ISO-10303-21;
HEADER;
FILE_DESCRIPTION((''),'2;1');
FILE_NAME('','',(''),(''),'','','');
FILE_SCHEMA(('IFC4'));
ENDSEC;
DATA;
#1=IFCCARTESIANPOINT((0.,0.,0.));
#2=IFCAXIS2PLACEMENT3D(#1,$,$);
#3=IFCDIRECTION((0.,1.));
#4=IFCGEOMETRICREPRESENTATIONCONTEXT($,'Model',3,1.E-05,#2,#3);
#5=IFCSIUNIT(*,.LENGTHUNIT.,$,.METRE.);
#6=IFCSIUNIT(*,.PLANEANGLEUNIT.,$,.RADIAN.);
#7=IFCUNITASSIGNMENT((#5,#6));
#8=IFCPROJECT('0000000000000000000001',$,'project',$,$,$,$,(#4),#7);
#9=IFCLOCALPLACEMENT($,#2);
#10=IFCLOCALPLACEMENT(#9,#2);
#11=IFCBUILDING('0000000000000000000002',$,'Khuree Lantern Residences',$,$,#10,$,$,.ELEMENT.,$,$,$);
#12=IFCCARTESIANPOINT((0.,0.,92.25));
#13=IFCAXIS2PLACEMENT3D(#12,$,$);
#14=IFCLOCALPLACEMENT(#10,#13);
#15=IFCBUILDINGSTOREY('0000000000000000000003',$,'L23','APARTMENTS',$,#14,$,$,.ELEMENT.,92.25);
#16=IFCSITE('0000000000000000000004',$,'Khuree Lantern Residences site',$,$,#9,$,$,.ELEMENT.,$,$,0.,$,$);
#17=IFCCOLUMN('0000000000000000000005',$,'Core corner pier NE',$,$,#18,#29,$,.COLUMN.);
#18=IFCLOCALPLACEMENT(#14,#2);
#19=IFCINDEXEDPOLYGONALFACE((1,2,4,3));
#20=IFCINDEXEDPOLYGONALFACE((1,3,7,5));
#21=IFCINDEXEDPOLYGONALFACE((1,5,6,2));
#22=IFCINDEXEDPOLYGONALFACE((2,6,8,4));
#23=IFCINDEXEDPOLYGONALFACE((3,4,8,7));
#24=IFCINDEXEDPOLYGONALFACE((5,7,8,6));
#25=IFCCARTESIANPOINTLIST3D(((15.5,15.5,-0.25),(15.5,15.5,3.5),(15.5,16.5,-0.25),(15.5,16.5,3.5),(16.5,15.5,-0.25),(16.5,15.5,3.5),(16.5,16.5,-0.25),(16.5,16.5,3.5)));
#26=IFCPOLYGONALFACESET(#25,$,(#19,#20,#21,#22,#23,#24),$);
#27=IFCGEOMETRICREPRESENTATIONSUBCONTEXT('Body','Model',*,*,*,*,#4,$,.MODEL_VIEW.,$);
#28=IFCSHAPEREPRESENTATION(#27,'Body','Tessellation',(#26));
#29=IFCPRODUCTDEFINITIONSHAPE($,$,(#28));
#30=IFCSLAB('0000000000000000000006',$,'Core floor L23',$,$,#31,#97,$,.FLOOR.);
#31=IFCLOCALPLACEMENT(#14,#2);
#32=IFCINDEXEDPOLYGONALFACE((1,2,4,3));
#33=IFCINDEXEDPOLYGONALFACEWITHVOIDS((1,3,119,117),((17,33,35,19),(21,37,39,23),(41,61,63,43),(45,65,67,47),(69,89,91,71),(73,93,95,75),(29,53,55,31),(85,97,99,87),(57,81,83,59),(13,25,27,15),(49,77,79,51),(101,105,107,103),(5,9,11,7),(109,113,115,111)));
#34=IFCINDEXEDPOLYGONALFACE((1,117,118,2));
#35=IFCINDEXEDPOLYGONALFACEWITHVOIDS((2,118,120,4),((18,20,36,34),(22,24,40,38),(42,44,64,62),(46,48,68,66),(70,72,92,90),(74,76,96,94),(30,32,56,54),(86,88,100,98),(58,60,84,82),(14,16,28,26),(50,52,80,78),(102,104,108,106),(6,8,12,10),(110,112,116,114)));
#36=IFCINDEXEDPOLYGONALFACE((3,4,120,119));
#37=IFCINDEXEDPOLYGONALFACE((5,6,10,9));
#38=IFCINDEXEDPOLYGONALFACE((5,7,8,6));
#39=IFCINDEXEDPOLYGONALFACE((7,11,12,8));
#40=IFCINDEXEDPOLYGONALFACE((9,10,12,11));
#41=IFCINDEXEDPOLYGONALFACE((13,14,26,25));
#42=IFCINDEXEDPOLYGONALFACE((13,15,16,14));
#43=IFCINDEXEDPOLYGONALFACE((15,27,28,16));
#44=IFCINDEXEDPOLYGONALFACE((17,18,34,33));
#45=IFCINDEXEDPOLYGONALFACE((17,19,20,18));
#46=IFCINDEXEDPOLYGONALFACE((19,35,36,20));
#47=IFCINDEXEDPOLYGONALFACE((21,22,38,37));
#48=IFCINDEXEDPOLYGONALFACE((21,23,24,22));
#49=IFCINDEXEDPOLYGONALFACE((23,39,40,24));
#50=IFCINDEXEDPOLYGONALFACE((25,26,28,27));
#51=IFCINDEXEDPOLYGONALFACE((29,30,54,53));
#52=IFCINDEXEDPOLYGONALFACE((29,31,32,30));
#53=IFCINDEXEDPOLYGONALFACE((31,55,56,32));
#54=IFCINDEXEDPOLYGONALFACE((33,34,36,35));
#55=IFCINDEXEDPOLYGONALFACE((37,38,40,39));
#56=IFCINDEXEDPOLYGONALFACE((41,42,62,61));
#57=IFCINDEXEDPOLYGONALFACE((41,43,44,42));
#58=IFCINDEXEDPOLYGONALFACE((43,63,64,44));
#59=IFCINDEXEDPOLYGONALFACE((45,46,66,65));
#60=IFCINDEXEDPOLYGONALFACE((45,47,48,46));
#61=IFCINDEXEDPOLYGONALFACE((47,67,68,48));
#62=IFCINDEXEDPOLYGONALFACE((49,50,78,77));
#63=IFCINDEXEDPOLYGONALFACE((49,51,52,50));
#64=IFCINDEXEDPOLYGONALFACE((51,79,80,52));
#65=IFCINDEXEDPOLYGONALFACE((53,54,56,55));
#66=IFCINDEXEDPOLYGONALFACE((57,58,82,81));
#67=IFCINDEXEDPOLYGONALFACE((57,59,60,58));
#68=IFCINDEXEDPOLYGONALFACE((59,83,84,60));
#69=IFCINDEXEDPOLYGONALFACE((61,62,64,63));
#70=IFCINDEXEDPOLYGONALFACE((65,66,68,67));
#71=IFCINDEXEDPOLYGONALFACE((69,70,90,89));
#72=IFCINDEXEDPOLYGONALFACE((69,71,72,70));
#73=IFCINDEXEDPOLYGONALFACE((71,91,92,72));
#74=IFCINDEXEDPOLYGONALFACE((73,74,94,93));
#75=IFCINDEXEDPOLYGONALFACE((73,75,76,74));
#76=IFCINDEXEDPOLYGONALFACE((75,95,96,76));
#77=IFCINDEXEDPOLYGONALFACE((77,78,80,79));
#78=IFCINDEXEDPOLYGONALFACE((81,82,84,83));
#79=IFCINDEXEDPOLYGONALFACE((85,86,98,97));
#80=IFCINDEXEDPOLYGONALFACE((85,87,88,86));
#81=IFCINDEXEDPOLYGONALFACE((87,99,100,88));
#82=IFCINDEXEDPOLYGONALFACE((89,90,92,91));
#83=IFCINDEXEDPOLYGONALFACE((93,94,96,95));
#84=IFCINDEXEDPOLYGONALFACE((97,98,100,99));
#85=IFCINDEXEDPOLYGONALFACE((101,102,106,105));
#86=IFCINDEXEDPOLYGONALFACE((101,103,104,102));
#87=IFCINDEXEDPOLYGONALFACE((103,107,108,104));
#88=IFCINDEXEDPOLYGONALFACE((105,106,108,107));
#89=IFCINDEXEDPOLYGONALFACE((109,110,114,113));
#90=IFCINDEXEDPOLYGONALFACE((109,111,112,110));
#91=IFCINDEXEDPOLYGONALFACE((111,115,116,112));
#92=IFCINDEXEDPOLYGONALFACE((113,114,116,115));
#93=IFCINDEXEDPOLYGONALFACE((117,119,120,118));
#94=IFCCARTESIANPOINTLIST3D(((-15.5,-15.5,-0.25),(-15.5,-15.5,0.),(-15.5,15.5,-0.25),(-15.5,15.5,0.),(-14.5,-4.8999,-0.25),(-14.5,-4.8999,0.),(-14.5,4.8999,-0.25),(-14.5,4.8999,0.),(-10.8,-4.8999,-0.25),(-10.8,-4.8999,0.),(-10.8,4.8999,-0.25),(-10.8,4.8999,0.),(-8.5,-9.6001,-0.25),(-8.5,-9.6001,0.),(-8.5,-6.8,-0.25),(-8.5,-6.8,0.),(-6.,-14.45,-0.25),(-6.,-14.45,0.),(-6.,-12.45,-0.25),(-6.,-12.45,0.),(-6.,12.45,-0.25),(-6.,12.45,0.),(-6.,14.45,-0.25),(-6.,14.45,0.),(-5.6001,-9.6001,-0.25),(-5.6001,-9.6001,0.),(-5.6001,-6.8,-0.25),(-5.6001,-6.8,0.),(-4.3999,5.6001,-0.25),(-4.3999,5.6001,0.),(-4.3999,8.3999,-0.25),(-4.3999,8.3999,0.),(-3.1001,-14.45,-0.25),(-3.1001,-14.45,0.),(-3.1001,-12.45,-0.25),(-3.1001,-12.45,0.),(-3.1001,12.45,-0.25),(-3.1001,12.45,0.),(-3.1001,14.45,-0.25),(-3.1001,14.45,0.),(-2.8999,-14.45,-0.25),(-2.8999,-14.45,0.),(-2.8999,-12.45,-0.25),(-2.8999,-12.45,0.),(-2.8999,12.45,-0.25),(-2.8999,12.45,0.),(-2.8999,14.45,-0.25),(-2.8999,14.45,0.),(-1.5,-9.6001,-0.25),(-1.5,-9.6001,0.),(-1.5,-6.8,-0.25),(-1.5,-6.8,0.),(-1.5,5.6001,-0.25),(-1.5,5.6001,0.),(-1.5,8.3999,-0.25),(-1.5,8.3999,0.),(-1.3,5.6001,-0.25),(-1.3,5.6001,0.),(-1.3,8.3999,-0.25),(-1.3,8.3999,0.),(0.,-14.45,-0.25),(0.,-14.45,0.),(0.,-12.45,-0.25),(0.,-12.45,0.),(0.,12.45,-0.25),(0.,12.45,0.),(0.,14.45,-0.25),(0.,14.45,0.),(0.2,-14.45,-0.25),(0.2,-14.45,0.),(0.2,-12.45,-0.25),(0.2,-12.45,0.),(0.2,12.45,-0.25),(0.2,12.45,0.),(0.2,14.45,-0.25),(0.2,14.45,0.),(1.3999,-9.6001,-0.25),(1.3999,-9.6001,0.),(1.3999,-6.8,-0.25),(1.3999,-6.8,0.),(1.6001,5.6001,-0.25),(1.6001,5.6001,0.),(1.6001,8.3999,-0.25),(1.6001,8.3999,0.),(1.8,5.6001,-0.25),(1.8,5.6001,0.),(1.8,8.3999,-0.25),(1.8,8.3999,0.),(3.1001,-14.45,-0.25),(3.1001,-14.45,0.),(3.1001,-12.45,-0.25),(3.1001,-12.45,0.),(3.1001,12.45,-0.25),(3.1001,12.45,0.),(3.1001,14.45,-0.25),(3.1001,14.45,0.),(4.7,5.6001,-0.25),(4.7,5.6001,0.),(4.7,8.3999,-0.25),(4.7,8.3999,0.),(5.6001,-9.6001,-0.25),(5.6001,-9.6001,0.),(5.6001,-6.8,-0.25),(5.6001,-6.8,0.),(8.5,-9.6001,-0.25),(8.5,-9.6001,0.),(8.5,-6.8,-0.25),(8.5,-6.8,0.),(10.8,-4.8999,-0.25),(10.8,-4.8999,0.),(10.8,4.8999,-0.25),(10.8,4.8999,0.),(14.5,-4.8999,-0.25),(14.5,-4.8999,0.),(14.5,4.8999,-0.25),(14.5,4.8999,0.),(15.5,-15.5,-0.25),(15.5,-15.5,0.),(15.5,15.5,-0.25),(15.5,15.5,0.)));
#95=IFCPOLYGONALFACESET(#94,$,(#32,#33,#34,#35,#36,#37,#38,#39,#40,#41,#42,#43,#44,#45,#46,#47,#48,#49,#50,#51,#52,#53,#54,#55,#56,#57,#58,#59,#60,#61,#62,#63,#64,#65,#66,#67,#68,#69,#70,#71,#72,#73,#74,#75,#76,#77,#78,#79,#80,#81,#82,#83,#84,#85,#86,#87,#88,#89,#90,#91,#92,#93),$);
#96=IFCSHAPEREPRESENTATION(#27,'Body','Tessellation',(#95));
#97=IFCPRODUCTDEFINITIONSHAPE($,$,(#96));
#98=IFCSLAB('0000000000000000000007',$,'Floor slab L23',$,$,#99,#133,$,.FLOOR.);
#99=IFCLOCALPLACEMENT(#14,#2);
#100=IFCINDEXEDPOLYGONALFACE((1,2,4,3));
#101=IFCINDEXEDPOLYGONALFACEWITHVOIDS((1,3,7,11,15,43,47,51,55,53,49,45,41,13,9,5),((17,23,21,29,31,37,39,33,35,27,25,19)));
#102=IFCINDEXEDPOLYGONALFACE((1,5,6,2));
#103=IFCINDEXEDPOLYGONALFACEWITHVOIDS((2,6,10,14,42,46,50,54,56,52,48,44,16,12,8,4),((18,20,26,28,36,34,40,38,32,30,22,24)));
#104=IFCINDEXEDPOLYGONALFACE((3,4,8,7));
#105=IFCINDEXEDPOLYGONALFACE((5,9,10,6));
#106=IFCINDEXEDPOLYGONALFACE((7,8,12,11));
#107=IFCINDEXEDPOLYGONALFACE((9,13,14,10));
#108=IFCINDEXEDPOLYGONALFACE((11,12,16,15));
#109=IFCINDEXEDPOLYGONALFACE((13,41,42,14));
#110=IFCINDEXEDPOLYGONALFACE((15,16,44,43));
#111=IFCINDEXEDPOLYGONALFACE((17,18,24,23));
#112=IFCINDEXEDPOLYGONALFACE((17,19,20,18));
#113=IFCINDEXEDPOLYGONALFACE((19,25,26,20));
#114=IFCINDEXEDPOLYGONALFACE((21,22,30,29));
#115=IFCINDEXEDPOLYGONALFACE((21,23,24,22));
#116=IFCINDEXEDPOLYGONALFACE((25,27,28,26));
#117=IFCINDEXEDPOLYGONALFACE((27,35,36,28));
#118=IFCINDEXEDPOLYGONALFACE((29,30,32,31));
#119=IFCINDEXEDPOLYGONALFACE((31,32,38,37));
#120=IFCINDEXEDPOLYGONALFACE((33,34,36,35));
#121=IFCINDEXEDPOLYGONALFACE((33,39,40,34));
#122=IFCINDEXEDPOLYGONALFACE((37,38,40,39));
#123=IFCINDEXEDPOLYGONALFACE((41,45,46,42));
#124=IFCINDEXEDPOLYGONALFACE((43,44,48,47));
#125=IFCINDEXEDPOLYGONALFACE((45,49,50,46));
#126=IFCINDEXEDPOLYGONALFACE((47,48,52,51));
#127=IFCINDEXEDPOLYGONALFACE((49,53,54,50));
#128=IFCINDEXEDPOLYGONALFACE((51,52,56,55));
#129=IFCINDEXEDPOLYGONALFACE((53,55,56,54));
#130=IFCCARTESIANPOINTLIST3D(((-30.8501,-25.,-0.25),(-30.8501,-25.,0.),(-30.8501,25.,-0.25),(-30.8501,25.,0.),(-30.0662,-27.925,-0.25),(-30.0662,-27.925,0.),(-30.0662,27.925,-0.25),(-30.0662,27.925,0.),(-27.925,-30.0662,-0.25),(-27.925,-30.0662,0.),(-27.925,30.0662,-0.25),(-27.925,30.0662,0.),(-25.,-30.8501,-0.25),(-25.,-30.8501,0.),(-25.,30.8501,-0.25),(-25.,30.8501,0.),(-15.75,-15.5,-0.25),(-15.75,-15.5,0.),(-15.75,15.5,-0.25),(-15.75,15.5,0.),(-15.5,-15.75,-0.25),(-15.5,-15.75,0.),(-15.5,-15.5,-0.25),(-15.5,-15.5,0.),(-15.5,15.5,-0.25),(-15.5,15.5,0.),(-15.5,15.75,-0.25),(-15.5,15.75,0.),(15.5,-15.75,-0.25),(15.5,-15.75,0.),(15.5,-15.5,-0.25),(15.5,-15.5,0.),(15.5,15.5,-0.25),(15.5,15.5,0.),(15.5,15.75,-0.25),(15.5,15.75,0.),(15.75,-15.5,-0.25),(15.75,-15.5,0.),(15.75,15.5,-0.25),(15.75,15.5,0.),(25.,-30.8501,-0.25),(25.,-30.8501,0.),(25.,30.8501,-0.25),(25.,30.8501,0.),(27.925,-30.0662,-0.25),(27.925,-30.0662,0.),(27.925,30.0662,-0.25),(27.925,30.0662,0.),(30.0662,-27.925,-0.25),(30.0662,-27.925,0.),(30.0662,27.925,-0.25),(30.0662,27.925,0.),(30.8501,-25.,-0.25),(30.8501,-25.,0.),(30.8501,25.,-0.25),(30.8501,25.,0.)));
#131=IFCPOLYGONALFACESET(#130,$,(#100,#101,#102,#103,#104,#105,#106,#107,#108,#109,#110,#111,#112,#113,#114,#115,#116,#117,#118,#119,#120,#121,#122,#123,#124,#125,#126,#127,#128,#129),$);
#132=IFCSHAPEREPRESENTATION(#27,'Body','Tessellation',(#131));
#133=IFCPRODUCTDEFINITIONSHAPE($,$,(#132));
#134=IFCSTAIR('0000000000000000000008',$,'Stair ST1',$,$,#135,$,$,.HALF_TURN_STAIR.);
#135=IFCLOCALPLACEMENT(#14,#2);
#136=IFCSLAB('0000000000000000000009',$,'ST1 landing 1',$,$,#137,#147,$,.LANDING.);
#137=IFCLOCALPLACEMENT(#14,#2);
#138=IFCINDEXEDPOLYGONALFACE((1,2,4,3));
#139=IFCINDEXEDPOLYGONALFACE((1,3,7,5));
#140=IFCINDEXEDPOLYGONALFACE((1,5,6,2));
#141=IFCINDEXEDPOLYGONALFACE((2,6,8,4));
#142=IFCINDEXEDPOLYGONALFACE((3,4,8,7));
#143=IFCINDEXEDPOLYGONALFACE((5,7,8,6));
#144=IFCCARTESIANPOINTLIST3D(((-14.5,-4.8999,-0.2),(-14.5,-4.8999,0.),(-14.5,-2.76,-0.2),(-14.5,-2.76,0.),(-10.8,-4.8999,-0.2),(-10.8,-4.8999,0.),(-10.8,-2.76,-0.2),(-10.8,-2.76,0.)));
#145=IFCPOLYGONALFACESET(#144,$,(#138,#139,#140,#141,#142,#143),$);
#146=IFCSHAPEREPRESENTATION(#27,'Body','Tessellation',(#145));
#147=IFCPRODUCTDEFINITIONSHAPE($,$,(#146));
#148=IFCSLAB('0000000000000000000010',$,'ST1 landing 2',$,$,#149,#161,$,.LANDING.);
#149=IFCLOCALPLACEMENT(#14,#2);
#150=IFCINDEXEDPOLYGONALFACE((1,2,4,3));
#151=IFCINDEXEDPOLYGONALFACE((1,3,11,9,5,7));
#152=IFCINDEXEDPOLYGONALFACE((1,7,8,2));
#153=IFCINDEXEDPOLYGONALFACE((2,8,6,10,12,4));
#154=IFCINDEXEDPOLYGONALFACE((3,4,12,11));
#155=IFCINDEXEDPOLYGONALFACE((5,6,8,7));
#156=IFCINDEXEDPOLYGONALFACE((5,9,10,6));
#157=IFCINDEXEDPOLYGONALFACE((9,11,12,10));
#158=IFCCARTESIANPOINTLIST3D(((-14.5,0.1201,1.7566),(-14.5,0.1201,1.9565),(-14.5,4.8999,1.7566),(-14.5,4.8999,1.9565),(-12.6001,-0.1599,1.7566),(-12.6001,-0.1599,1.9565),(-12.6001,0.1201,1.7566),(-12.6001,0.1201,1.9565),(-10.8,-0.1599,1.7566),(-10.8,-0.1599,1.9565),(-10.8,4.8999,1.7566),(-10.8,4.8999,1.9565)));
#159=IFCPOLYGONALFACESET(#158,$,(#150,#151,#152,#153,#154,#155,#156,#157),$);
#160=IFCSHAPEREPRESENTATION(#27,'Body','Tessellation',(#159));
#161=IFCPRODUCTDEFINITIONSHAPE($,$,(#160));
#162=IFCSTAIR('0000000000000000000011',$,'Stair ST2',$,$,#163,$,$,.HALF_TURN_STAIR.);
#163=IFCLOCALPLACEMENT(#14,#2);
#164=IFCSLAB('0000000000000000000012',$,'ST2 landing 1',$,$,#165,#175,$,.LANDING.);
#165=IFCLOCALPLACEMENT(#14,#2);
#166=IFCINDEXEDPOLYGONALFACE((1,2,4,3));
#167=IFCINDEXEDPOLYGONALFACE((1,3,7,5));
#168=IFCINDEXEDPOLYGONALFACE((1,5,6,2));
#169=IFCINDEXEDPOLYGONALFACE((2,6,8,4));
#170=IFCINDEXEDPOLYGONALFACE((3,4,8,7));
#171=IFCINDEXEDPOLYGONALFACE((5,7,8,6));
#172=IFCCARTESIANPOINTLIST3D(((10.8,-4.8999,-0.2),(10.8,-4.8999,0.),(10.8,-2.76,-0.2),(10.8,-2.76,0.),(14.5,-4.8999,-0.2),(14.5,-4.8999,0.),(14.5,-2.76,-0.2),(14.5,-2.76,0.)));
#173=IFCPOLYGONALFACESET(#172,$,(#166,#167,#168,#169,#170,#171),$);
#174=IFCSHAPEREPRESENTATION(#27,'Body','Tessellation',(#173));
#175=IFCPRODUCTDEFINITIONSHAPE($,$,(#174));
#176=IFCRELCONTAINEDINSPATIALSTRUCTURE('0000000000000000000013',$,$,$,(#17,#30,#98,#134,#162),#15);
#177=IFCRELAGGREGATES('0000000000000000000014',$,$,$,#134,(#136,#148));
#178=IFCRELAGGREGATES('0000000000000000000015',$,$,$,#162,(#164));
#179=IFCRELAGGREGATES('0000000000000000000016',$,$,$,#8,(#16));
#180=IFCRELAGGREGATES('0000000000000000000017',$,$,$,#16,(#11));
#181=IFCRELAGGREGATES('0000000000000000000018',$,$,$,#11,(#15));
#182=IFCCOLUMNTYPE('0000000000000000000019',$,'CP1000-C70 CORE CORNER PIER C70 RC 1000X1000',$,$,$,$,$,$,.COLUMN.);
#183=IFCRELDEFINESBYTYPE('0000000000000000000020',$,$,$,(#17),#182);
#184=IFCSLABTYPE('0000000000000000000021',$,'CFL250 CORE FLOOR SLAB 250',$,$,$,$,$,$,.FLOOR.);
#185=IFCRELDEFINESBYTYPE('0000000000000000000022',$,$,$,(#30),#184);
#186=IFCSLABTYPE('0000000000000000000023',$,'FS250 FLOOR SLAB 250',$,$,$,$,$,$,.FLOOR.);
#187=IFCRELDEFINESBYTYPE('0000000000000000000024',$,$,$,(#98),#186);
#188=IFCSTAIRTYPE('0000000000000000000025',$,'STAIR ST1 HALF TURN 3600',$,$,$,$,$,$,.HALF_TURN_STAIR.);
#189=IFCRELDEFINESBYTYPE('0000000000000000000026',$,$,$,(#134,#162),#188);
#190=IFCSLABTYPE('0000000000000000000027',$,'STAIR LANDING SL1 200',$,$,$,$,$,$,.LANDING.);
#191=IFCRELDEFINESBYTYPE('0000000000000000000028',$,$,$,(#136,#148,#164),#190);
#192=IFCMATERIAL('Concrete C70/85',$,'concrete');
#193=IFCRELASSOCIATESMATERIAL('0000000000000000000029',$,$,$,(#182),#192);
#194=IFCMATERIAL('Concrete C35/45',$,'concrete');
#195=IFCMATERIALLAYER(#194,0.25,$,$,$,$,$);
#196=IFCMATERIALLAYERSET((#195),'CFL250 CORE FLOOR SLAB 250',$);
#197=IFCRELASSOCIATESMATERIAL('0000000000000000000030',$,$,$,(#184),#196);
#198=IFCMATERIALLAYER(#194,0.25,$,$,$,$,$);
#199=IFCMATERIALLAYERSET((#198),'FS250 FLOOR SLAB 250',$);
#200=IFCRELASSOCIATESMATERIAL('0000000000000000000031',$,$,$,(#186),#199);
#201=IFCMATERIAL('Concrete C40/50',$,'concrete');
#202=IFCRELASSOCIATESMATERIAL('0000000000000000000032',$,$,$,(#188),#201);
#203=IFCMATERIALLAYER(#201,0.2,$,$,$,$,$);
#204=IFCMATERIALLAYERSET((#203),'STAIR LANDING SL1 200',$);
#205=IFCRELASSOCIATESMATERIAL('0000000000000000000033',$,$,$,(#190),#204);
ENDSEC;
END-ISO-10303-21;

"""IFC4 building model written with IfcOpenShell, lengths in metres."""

from ifc_helpers import new_model, si_unit, direction, frame, origin, origin_2d, place, context, subcontext, project, spatial, polyline, rectangle, outline, extrude, material, layer, layer_set, material_profile, profile_set, type_object, element, aggregate, save


model = new_model("IFC4")

# Units and contexts
model_context = context("Model", 3, precision=1e-05, world=origin(), true_north=direction((0.0, 1.0)))
body_context = subcontext(model_context, "Body", "Model", "MODEL_VIEW")
ifc_project = project(units=[si_unit("LENGTHUNIT", "METRE"), si_unit("PLANEANGLEUNIT", "RADIAN")], contexts=[model_context])

# Site, building, storey
site_placement = place(None, origin())
site = spatial("IfcSite", under=ifc_project, at=site_placement, Name="Khuree Lantern Residences site", CompositionType="ELEMENT", RefElevation=0.0)
building_placement = place(site_placement, origin())
building = spatial("IfcBuilding", under=site, at=building_placement, Name="Khuree Lantern Residences", CompositionType="ELEMENT")
storey_placement = place(building_placement, frame((0.0, 0.0, 92.25)))
storey = spatial("IfcBuildingStorey", under=building, at=storey_placement, Name="L23", Description="APARTMENTS", CompositionType="ELEMENT", Elevation=92.25)

# Column
ifc_material_1 = material(Name="Concrete C70/85", Category="concrete")
ifc_material_profile = material_profile(ifc_material_1, rectangle(XDim=1.0, YDim=1.0, at=origin_2d()), Name="RC 1000X1000")
ifc_profile_set = profile_set([ifc_material_profile], Name="Concrete C70/85")
column_type = type_object("IfcColumnType", Name="CP1000-C70 CORE CORNER PIER C70 RC 1000X1000", PredefinedType="COLUMN", material=ifc_profile_set)
column_placement = place(storey_placement, frame((16.0, 16.0, -0.25), z_axis=(0.0, 0.0, 1.0), x_axis=(1.0, 0.0, 0.0)))
element("IfcColumn", 1, at=column_placement, inside=storey, type_object=column_type, Name="Core corner pier NE", PredefinedType="COLUMN", context=body_context, shape_type="SweptSolid", body=[
    extrude(rectangle(XDim=1.0, YDim=1.0, at=origin_2d()), origin(), (0.0, 0.0, 1.0), 3.75),
])

# Slabs
ifc_material_2 = material(Name="Concrete C35/45", Category="concrete")
ifc_layer_1 = layer(ifc_material_2, 0.25)
ifc_layer_set_1 = layer_set([ifc_layer_1], Name="CFL250 CORE FLOOR SLAB 250")
slab_type_1 = type_object("IfcSlabType", Name="CFL250 CORE FLOOR SLAB 250", PredefinedType="FLOOR", material=ifc_layer_set_1)
slab_1_placement = place(storey_placement, frame((0.0, 0.0, -0.25)))
element("IfcSlab", 2, at=slab_1_placement, inside=storey, type_object=slab_type_1, Name="Core floor L23", PredefinedType="FLOOR", context=body_context, shape_type="SweptSolid", body=[
    extrude(outline(polyline([(-15.5, -15.5), (-15.5, 15.5), (15.5, 15.5), (15.5, -15.5), (-15.5, -15.5)]), holes=[polyline([(14.5, 4.8999), (10.8, 4.8999), (10.8, -4.8999), (14.5, -4.8999), (14.5, 4.8999)]), polyline([(8.5, -6.8), (5.6001, -6.8), (5.6001, -9.6001), (8.5, -9.6001), (8.5, -6.8)]), polyline([(4.7, 8.3999), (1.8, 8.3999), (1.8, 5.6001), (4.7, 5.6001), (4.7, 8.3999)]), polyline([(0.2, -12.45), (0.2, -14.45), (3.1001, -14.45), (3.1001, -12.45), (0.2, -12.45)]), polyline([(3.1001, 14.45), (0.2, 14.45), (0.2, 12.45), (3.1001, 12.45), (3.1001, 14.45)]), polyline([(1.6001, 8.3999), (-1.3, 8.3999), (-1.3, 5.6001), (1.6001, 5.6001), (1.6001, 8.3999)]), polyline([(1.3999, -6.8), (-1.5, -6.8), (-1.5, -9.6001), (1.3999, -9.6001), (1.3999, -6.8)]), polyline([(0.0, -12.45), (-2.8999, -12.45), (-2.8999, -14.45), (0.0, -14.45), (0.0, -12.45)]), polyline([(0.0, 14.45), (-2.8999, 14.45), (-2.8999, 12.45), (0.0, 12.45), (0.0, 14.45)]), polyline([(-1.5, 8.3999), (-4.3999, 8.3999), (-4.3999, 5.6001), (-1.5, 5.6001), (-1.5, 8.3999)]), polyline([(-6.0, -12.45), (-6.0, -14.45), (-3.1001, -14.45), (-3.1001, -12.45), (-6.0, -12.45)]), polyline([(-3.1001, 14.45), (-6.0, 14.45), (-6.0, 12.45), (-3.1001, 12.45), (-3.1001, 14.45)]), polyline([(-5.6001, -6.8), (-8.5, -6.8), (-8.5, -9.6001), (-5.6001, -9.6001), (-5.6001, -6.8)]), polyline([(-10.8, 4.8999), (-14.5, 4.8999), (-14.5, -4.8999), (-10.8, -4.8999), (-10.8, 4.8999)])]), origin(), (0.0, 0.0, 1.0), 0.25),
])
ifc_layer_2 = layer(ifc_material_2, 0.25)
ifc_layer_set_2 = layer_set([ifc_layer_2], Name="FS250 FLOOR SLAB 250")
slab_type_2 = type_object("IfcSlabType", Name="FS250 FLOOR SLAB 250", PredefinedType="FLOOR", material=ifc_layer_set_2)
slab_2_placement = place(storey_placement, frame((0.0, 0.0, -0.25)))
element("IfcSlab", 3, at=slab_2_placement, inside=storey, type_object=slab_type_2, Name="Floor slab L23", PredefinedType="FLOOR", context=body_context, shape_type="SweptSolid", body=[
    extrude(outline(polyline([(-27.925, -30.0662), (-30.0662, -27.925), (-30.8501, -25.0), (-30.8501, 25.0), (-30.0662, 27.925), (-27.925, 30.0662), (-25.0, 30.8501), (25.0, 30.8501), (27.925, 30.0662), (30.0662, 27.925), (30.8501, 25.0), (30.8501, -25.0), (30.0662, -27.925), (27.925, -30.0662), (25.0, -30.8501), (-25.0, -30.8501), (-27.925, -30.0662)]), holes=[polyline([(15.75, 15.5), (15.5, 15.5), (15.5, 15.75), (-15.5, 15.75), (-15.5, 15.5), (-15.75, 15.5), (-15.75, -15.5), (-15.5, -15.5), (-15.5, -15.75), (15.5, -15.75), (15.5, -15.5), (15.75, -15.5), (15.75, 15.5)])]), origin(), (0.0, 0.0, 1.0), 0.25),
])

# Stairs, slabs
ifc_material_3 = material(Name="Concrete C40/50", Category="concrete")
stair_type = type_object("IfcStairType", Name="STAIR ST1 HALF TURN 3600", PredefinedType="HALF_TURN_STAIR", material=ifc_material_3)
stair_1_placement = place(storey_placement, origin())
stair_1 = element("IfcStair", 4, at=stair_1_placement, inside=storey, type_object=stair_type, Name="Stair ST1", PredefinedType="HALF_TURN_STAIR")
ifc_layer_3 = layer(ifc_material_3, 0.2)
ifc_layer_set_3 = layer_set([ifc_layer_3], Name="STAIR LANDING SL1 200")
slab_type_3 = type_object("IfcSlabType", Name="STAIR LANDING SL1 200", PredefinedType="LANDING", material=ifc_layer_set_3)
slab_3_placement = place(storey_placement, frame((0.0, 0.0, -0.2)))
slab_3 = element("IfcSlab", 5, at=slab_3_placement, type_object=slab_type_3, Name="ST1 landing 1", PredefinedType="LANDING", context=body_context, shape_type="SweptSolid", body=[
    extrude(outline(polyline([(-14.5, -4.8999), (-10.8, -4.8999), (-10.8, -2.76), (-14.5, -2.76), (-14.5, -4.8999)])), origin(), (0.0, 0.0, 1.0), 0.2),
])
slab_4_placement = place(storey_placement, frame((0.0, 0.0, 1.7566)))
slab_4 = element("IfcSlab", 6, at=slab_4_placement, type_object=slab_type_3, Name="ST1 landing 2", PredefinedType="LANDING", context=body_context, shape_type="SweptSolid", body=[
    extrude(outline(polyline([(-14.5, 0.1201), (-14.5, 4.8999), (-10.8, 4.8999), (-10.8, -0.1599), (-12.6001, -0.1599), (-12.6001, 0.1201), (-14.5, 0.1201)])), origin(), (0.0, 0.0, 1.0), 0.2),
])
aggregate(stair_1, [slab_3, slab_4])
stair_2_placement = place(storey_placement, origin())
stair_2 = element("IfcStair", 7, at=stair_2_placement, inside=storey, type_object=stair_type, Name="Stair ST2", PredefinedType="HALF_TURN_STAIR")
slab_5_placement = place(storey_placement, frame((0.0, 0.0, -0.2)))
slab_5 = element("IfcSlab", 8, at=slab_5_placement, type_object=slab_type_3, Name="ST2 landing 1", PredefinedType="LANDING", context=body_context, shape_type="SweptSolid", body=[
    extrude(outline(polyline([(10.8, -4.8999), (14.5, -4.8999), (14.5, -2.76), (10.8, -2.76), (10.8, -4.8999)])), origin(), (0.0, 0.0, 1.0), 0.2),
])

aggregate(stair_2, [slab_5])

save(model, "model.ifc")
